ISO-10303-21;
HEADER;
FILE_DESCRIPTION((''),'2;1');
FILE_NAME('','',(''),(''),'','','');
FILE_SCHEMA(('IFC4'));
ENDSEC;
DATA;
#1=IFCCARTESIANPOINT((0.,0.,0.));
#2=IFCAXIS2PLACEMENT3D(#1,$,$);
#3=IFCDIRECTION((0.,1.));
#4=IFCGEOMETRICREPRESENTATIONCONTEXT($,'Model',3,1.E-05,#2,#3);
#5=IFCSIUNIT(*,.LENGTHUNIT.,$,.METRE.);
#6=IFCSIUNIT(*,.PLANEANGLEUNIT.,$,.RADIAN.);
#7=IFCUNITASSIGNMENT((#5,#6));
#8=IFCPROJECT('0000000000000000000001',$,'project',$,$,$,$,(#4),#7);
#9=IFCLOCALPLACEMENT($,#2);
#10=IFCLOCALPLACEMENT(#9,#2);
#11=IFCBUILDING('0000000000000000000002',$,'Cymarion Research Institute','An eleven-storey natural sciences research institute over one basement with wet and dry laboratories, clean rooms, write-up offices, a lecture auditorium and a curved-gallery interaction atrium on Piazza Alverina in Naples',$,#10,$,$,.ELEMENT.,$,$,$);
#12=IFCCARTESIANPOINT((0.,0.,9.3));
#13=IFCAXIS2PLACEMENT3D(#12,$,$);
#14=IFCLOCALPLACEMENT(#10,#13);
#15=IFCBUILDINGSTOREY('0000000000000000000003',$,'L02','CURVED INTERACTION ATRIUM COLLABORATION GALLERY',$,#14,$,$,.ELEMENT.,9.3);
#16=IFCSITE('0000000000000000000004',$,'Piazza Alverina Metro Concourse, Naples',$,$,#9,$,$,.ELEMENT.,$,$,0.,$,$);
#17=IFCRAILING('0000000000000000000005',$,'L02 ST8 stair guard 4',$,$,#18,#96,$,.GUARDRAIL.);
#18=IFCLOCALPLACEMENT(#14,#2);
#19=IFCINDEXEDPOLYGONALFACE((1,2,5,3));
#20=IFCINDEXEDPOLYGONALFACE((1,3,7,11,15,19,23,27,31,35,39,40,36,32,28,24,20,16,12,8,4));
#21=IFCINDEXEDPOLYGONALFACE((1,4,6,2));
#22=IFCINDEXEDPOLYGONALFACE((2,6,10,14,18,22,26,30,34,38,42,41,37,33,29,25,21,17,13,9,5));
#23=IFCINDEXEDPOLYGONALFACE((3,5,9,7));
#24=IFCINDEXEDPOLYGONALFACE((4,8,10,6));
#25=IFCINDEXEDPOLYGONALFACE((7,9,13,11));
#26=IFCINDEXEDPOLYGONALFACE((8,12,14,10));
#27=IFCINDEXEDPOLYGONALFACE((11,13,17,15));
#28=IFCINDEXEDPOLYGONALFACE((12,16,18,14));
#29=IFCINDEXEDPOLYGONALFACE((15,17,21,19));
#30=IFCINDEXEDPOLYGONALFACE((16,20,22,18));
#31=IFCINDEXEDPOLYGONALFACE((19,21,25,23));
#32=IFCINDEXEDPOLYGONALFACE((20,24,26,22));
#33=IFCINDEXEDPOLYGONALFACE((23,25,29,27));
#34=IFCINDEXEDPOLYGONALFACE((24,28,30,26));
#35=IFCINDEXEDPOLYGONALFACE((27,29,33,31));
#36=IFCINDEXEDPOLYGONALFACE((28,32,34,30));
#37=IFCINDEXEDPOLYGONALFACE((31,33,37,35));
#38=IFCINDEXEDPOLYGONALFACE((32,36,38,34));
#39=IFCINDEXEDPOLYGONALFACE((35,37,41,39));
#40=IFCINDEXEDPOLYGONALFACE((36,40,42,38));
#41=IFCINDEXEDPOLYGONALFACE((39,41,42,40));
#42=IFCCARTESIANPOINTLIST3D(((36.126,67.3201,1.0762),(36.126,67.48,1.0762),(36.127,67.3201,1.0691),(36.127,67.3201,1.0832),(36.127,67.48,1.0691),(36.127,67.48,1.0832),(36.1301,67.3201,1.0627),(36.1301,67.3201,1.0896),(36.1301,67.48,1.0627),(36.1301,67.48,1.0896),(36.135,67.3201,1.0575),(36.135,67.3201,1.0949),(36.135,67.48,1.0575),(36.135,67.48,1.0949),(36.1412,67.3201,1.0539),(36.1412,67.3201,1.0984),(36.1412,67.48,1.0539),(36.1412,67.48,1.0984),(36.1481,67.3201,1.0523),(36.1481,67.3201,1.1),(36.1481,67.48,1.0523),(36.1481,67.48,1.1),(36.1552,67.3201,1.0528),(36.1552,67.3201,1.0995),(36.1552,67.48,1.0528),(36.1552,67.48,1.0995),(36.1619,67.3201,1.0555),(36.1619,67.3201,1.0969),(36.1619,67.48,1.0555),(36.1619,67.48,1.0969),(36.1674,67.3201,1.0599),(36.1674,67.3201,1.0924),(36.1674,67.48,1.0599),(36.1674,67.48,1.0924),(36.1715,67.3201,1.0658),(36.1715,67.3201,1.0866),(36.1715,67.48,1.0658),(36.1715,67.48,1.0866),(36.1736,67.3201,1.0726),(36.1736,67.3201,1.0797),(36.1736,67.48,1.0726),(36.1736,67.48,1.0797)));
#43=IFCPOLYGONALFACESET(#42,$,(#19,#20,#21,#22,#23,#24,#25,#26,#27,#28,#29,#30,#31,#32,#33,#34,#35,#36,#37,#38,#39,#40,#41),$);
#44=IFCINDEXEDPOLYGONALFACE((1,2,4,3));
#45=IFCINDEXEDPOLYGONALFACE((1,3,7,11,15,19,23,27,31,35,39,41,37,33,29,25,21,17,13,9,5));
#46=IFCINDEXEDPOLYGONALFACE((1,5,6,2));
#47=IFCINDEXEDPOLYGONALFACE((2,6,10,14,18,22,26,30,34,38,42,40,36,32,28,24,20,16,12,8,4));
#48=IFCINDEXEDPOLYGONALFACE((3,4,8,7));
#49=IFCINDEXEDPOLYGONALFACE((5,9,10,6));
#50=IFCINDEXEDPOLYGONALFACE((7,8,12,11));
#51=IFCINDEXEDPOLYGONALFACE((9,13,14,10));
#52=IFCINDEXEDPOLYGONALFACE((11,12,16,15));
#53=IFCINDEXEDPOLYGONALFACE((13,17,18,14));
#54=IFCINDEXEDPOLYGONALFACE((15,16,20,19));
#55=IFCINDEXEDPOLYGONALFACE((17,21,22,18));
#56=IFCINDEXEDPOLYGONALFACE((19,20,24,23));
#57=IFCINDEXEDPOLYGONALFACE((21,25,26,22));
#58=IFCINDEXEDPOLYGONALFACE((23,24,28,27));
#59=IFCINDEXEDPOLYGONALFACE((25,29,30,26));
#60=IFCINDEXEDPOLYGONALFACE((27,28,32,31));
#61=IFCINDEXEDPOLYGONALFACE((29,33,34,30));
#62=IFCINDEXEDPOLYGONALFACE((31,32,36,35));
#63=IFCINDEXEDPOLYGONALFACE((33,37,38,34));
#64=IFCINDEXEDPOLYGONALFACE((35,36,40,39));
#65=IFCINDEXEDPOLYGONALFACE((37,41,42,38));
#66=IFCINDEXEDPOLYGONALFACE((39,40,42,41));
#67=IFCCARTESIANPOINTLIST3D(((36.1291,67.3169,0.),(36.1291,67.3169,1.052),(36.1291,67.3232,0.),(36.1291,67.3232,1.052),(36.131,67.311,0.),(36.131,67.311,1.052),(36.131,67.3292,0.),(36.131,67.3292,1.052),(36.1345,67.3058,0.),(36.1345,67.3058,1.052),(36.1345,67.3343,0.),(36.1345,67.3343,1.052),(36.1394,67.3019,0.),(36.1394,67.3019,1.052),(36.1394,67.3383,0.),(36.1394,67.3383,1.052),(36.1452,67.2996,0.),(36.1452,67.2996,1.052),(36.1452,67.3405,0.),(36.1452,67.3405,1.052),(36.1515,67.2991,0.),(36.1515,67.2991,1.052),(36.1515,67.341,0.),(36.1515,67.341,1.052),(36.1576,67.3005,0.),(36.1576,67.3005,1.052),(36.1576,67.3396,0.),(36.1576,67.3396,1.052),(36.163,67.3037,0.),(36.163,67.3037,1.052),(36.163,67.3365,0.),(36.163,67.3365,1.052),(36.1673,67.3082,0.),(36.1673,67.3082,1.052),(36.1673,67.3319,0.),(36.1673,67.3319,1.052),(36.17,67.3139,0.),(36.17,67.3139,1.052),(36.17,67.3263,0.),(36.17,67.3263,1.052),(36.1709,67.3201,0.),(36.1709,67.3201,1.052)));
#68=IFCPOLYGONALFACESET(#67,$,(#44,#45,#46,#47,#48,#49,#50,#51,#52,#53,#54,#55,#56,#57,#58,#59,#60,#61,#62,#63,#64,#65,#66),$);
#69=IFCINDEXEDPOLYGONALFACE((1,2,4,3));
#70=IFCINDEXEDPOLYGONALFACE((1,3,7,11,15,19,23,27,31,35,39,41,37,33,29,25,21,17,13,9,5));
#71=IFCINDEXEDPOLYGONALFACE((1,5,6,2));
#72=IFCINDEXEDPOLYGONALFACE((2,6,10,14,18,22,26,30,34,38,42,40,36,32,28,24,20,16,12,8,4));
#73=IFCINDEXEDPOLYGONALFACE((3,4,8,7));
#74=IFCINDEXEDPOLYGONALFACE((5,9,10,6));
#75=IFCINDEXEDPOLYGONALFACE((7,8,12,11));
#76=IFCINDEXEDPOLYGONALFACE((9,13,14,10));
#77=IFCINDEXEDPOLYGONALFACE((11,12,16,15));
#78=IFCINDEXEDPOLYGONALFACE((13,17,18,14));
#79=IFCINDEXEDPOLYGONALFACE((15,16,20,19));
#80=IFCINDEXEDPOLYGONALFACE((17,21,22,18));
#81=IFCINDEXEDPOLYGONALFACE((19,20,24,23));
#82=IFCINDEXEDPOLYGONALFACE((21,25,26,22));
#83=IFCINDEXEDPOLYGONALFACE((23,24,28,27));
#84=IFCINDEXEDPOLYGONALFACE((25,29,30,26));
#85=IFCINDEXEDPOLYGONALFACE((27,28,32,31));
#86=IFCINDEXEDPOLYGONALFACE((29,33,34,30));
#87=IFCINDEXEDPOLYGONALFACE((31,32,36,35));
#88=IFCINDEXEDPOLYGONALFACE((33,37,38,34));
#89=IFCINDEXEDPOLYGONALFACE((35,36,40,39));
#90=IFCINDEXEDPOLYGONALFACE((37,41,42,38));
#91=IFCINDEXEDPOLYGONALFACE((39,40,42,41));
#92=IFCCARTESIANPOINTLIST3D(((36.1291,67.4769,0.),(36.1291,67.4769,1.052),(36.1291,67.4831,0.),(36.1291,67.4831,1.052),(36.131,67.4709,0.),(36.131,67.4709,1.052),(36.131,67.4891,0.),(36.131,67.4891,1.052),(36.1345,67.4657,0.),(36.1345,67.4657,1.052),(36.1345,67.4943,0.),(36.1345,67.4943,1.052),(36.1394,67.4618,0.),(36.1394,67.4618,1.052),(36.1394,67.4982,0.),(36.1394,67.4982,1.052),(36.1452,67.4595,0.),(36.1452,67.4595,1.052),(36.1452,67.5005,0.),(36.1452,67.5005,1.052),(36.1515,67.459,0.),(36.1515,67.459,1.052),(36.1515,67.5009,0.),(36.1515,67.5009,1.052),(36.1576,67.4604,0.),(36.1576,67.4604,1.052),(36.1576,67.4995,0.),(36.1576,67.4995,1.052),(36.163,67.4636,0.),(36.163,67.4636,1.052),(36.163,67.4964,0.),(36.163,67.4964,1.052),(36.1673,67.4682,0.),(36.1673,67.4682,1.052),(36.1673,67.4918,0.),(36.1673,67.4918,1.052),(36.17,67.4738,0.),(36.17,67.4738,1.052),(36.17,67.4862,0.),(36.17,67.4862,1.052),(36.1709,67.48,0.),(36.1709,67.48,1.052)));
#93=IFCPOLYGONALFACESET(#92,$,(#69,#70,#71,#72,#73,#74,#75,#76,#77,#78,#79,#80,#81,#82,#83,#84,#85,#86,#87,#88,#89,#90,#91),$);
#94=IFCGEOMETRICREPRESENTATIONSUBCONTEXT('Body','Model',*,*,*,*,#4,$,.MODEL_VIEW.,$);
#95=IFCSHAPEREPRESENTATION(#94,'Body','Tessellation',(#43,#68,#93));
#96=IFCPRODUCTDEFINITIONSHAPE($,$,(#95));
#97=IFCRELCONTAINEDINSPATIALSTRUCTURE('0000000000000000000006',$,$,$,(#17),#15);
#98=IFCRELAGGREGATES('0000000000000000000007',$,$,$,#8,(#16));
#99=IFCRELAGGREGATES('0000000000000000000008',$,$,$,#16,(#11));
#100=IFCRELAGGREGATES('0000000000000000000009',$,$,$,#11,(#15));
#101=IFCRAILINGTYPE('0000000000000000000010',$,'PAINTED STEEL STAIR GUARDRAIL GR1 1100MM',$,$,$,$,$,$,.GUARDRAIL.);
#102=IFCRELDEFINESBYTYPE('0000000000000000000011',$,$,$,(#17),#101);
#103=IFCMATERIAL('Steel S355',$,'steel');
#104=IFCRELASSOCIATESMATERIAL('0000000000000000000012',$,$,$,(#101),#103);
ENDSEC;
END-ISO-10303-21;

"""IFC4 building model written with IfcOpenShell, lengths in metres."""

from ifc_helpers import new_model, si_unit, direction, frame, origin, origin_2d, place, context, subcontext, project, spatial, circle, extrude, material, type_object, element, save


model = new_model("IFC4")

# Units and contexts
model_context = context("Model", 3, precision=1e-05, world=origin(), true_north=direction((0.0, 1.0)))
body_context = subcontext(model_context, "Body", "Model", "MODEL_VIEW")
ifc_project = project(units=[si_unit("LENGTHUNIT", "METRE"), si_unit("PLANEANGLEUNIT", "RADIAN")], contexts=[model_context])

# Site, building, storey
site_placement = place(None, origin())
site = spatial("IfcSite", under=ifc_project, at=site_placement, Name="Piazza Alverina Metro Concourse, Naples", CompositionType="ELEMENT", RefElevation=0.0)
building_placement = place(site_placement, origin())
building = spatial("IfcBuilding", under=site, at=building_placement, Name="Cymarion Research Institute", Description="An eleven-storey natural sciences research institute over one basement with wet and dry laboratories, clean rooms, write-up offices, a lecture auditorium and a curved-gallery interaction atrium on Piazza Alverina in Naples", CompositionType="ELEMENT")
storey_placement = place(building_placement, frame((0.0, 0.0, 9.3)))
storey = spatial("IfcBuildingStorey", under=building, at=storey_placement, Name="L02", Description="CURVED INTERACTION ATRIUM COLLABORATION GALLERY", CompositionType="ELEMENT", Elevation=9.3)

# Shared definitions
ifc_material_1 = material(Name="Steel S355", Category="steel")

# Railing
railing_type_1 = type_object("IfcRailingType", Name="PAINTED STEEL STAIR GUARDRAIL GR1 1100MM", PredefinedType="GUARDRAIL", material=ifc_material_1)
railing_1_placement = place(storey_placement, frame((36.1499, 67.3201, 0.0)))
element("IfcRailing", 1, at=railing_1_placement, inside=storey, type_object=railing_type_1, Name="L02 ST8 stair guard 4", PredefinedType="GUARDRAIL", context=body_context, shape_type="SweptSolid", body=[
    extrude(circle(Radius=0.0239, at=origin_2d()), frame((0.0, 0.0, 1.0762), z_axis=(0.0, 1.0, 0.0), x_axis=(-1.0, 0.0, 0.0)), (0.0, 0.0, 1.0), 0.1599),
    extrude(circle(Radius=0.021, at=origin_2d()), origin(), (0.0, 0.0, 1.0), 1.052),
    extrude(circle(Radius=0.021, at=origin_2d()), frame((0.0, 0.1599, 0.0)), (0.0, 0.0, 1.0), 1.052),
])

save(model, "model.ifc")
